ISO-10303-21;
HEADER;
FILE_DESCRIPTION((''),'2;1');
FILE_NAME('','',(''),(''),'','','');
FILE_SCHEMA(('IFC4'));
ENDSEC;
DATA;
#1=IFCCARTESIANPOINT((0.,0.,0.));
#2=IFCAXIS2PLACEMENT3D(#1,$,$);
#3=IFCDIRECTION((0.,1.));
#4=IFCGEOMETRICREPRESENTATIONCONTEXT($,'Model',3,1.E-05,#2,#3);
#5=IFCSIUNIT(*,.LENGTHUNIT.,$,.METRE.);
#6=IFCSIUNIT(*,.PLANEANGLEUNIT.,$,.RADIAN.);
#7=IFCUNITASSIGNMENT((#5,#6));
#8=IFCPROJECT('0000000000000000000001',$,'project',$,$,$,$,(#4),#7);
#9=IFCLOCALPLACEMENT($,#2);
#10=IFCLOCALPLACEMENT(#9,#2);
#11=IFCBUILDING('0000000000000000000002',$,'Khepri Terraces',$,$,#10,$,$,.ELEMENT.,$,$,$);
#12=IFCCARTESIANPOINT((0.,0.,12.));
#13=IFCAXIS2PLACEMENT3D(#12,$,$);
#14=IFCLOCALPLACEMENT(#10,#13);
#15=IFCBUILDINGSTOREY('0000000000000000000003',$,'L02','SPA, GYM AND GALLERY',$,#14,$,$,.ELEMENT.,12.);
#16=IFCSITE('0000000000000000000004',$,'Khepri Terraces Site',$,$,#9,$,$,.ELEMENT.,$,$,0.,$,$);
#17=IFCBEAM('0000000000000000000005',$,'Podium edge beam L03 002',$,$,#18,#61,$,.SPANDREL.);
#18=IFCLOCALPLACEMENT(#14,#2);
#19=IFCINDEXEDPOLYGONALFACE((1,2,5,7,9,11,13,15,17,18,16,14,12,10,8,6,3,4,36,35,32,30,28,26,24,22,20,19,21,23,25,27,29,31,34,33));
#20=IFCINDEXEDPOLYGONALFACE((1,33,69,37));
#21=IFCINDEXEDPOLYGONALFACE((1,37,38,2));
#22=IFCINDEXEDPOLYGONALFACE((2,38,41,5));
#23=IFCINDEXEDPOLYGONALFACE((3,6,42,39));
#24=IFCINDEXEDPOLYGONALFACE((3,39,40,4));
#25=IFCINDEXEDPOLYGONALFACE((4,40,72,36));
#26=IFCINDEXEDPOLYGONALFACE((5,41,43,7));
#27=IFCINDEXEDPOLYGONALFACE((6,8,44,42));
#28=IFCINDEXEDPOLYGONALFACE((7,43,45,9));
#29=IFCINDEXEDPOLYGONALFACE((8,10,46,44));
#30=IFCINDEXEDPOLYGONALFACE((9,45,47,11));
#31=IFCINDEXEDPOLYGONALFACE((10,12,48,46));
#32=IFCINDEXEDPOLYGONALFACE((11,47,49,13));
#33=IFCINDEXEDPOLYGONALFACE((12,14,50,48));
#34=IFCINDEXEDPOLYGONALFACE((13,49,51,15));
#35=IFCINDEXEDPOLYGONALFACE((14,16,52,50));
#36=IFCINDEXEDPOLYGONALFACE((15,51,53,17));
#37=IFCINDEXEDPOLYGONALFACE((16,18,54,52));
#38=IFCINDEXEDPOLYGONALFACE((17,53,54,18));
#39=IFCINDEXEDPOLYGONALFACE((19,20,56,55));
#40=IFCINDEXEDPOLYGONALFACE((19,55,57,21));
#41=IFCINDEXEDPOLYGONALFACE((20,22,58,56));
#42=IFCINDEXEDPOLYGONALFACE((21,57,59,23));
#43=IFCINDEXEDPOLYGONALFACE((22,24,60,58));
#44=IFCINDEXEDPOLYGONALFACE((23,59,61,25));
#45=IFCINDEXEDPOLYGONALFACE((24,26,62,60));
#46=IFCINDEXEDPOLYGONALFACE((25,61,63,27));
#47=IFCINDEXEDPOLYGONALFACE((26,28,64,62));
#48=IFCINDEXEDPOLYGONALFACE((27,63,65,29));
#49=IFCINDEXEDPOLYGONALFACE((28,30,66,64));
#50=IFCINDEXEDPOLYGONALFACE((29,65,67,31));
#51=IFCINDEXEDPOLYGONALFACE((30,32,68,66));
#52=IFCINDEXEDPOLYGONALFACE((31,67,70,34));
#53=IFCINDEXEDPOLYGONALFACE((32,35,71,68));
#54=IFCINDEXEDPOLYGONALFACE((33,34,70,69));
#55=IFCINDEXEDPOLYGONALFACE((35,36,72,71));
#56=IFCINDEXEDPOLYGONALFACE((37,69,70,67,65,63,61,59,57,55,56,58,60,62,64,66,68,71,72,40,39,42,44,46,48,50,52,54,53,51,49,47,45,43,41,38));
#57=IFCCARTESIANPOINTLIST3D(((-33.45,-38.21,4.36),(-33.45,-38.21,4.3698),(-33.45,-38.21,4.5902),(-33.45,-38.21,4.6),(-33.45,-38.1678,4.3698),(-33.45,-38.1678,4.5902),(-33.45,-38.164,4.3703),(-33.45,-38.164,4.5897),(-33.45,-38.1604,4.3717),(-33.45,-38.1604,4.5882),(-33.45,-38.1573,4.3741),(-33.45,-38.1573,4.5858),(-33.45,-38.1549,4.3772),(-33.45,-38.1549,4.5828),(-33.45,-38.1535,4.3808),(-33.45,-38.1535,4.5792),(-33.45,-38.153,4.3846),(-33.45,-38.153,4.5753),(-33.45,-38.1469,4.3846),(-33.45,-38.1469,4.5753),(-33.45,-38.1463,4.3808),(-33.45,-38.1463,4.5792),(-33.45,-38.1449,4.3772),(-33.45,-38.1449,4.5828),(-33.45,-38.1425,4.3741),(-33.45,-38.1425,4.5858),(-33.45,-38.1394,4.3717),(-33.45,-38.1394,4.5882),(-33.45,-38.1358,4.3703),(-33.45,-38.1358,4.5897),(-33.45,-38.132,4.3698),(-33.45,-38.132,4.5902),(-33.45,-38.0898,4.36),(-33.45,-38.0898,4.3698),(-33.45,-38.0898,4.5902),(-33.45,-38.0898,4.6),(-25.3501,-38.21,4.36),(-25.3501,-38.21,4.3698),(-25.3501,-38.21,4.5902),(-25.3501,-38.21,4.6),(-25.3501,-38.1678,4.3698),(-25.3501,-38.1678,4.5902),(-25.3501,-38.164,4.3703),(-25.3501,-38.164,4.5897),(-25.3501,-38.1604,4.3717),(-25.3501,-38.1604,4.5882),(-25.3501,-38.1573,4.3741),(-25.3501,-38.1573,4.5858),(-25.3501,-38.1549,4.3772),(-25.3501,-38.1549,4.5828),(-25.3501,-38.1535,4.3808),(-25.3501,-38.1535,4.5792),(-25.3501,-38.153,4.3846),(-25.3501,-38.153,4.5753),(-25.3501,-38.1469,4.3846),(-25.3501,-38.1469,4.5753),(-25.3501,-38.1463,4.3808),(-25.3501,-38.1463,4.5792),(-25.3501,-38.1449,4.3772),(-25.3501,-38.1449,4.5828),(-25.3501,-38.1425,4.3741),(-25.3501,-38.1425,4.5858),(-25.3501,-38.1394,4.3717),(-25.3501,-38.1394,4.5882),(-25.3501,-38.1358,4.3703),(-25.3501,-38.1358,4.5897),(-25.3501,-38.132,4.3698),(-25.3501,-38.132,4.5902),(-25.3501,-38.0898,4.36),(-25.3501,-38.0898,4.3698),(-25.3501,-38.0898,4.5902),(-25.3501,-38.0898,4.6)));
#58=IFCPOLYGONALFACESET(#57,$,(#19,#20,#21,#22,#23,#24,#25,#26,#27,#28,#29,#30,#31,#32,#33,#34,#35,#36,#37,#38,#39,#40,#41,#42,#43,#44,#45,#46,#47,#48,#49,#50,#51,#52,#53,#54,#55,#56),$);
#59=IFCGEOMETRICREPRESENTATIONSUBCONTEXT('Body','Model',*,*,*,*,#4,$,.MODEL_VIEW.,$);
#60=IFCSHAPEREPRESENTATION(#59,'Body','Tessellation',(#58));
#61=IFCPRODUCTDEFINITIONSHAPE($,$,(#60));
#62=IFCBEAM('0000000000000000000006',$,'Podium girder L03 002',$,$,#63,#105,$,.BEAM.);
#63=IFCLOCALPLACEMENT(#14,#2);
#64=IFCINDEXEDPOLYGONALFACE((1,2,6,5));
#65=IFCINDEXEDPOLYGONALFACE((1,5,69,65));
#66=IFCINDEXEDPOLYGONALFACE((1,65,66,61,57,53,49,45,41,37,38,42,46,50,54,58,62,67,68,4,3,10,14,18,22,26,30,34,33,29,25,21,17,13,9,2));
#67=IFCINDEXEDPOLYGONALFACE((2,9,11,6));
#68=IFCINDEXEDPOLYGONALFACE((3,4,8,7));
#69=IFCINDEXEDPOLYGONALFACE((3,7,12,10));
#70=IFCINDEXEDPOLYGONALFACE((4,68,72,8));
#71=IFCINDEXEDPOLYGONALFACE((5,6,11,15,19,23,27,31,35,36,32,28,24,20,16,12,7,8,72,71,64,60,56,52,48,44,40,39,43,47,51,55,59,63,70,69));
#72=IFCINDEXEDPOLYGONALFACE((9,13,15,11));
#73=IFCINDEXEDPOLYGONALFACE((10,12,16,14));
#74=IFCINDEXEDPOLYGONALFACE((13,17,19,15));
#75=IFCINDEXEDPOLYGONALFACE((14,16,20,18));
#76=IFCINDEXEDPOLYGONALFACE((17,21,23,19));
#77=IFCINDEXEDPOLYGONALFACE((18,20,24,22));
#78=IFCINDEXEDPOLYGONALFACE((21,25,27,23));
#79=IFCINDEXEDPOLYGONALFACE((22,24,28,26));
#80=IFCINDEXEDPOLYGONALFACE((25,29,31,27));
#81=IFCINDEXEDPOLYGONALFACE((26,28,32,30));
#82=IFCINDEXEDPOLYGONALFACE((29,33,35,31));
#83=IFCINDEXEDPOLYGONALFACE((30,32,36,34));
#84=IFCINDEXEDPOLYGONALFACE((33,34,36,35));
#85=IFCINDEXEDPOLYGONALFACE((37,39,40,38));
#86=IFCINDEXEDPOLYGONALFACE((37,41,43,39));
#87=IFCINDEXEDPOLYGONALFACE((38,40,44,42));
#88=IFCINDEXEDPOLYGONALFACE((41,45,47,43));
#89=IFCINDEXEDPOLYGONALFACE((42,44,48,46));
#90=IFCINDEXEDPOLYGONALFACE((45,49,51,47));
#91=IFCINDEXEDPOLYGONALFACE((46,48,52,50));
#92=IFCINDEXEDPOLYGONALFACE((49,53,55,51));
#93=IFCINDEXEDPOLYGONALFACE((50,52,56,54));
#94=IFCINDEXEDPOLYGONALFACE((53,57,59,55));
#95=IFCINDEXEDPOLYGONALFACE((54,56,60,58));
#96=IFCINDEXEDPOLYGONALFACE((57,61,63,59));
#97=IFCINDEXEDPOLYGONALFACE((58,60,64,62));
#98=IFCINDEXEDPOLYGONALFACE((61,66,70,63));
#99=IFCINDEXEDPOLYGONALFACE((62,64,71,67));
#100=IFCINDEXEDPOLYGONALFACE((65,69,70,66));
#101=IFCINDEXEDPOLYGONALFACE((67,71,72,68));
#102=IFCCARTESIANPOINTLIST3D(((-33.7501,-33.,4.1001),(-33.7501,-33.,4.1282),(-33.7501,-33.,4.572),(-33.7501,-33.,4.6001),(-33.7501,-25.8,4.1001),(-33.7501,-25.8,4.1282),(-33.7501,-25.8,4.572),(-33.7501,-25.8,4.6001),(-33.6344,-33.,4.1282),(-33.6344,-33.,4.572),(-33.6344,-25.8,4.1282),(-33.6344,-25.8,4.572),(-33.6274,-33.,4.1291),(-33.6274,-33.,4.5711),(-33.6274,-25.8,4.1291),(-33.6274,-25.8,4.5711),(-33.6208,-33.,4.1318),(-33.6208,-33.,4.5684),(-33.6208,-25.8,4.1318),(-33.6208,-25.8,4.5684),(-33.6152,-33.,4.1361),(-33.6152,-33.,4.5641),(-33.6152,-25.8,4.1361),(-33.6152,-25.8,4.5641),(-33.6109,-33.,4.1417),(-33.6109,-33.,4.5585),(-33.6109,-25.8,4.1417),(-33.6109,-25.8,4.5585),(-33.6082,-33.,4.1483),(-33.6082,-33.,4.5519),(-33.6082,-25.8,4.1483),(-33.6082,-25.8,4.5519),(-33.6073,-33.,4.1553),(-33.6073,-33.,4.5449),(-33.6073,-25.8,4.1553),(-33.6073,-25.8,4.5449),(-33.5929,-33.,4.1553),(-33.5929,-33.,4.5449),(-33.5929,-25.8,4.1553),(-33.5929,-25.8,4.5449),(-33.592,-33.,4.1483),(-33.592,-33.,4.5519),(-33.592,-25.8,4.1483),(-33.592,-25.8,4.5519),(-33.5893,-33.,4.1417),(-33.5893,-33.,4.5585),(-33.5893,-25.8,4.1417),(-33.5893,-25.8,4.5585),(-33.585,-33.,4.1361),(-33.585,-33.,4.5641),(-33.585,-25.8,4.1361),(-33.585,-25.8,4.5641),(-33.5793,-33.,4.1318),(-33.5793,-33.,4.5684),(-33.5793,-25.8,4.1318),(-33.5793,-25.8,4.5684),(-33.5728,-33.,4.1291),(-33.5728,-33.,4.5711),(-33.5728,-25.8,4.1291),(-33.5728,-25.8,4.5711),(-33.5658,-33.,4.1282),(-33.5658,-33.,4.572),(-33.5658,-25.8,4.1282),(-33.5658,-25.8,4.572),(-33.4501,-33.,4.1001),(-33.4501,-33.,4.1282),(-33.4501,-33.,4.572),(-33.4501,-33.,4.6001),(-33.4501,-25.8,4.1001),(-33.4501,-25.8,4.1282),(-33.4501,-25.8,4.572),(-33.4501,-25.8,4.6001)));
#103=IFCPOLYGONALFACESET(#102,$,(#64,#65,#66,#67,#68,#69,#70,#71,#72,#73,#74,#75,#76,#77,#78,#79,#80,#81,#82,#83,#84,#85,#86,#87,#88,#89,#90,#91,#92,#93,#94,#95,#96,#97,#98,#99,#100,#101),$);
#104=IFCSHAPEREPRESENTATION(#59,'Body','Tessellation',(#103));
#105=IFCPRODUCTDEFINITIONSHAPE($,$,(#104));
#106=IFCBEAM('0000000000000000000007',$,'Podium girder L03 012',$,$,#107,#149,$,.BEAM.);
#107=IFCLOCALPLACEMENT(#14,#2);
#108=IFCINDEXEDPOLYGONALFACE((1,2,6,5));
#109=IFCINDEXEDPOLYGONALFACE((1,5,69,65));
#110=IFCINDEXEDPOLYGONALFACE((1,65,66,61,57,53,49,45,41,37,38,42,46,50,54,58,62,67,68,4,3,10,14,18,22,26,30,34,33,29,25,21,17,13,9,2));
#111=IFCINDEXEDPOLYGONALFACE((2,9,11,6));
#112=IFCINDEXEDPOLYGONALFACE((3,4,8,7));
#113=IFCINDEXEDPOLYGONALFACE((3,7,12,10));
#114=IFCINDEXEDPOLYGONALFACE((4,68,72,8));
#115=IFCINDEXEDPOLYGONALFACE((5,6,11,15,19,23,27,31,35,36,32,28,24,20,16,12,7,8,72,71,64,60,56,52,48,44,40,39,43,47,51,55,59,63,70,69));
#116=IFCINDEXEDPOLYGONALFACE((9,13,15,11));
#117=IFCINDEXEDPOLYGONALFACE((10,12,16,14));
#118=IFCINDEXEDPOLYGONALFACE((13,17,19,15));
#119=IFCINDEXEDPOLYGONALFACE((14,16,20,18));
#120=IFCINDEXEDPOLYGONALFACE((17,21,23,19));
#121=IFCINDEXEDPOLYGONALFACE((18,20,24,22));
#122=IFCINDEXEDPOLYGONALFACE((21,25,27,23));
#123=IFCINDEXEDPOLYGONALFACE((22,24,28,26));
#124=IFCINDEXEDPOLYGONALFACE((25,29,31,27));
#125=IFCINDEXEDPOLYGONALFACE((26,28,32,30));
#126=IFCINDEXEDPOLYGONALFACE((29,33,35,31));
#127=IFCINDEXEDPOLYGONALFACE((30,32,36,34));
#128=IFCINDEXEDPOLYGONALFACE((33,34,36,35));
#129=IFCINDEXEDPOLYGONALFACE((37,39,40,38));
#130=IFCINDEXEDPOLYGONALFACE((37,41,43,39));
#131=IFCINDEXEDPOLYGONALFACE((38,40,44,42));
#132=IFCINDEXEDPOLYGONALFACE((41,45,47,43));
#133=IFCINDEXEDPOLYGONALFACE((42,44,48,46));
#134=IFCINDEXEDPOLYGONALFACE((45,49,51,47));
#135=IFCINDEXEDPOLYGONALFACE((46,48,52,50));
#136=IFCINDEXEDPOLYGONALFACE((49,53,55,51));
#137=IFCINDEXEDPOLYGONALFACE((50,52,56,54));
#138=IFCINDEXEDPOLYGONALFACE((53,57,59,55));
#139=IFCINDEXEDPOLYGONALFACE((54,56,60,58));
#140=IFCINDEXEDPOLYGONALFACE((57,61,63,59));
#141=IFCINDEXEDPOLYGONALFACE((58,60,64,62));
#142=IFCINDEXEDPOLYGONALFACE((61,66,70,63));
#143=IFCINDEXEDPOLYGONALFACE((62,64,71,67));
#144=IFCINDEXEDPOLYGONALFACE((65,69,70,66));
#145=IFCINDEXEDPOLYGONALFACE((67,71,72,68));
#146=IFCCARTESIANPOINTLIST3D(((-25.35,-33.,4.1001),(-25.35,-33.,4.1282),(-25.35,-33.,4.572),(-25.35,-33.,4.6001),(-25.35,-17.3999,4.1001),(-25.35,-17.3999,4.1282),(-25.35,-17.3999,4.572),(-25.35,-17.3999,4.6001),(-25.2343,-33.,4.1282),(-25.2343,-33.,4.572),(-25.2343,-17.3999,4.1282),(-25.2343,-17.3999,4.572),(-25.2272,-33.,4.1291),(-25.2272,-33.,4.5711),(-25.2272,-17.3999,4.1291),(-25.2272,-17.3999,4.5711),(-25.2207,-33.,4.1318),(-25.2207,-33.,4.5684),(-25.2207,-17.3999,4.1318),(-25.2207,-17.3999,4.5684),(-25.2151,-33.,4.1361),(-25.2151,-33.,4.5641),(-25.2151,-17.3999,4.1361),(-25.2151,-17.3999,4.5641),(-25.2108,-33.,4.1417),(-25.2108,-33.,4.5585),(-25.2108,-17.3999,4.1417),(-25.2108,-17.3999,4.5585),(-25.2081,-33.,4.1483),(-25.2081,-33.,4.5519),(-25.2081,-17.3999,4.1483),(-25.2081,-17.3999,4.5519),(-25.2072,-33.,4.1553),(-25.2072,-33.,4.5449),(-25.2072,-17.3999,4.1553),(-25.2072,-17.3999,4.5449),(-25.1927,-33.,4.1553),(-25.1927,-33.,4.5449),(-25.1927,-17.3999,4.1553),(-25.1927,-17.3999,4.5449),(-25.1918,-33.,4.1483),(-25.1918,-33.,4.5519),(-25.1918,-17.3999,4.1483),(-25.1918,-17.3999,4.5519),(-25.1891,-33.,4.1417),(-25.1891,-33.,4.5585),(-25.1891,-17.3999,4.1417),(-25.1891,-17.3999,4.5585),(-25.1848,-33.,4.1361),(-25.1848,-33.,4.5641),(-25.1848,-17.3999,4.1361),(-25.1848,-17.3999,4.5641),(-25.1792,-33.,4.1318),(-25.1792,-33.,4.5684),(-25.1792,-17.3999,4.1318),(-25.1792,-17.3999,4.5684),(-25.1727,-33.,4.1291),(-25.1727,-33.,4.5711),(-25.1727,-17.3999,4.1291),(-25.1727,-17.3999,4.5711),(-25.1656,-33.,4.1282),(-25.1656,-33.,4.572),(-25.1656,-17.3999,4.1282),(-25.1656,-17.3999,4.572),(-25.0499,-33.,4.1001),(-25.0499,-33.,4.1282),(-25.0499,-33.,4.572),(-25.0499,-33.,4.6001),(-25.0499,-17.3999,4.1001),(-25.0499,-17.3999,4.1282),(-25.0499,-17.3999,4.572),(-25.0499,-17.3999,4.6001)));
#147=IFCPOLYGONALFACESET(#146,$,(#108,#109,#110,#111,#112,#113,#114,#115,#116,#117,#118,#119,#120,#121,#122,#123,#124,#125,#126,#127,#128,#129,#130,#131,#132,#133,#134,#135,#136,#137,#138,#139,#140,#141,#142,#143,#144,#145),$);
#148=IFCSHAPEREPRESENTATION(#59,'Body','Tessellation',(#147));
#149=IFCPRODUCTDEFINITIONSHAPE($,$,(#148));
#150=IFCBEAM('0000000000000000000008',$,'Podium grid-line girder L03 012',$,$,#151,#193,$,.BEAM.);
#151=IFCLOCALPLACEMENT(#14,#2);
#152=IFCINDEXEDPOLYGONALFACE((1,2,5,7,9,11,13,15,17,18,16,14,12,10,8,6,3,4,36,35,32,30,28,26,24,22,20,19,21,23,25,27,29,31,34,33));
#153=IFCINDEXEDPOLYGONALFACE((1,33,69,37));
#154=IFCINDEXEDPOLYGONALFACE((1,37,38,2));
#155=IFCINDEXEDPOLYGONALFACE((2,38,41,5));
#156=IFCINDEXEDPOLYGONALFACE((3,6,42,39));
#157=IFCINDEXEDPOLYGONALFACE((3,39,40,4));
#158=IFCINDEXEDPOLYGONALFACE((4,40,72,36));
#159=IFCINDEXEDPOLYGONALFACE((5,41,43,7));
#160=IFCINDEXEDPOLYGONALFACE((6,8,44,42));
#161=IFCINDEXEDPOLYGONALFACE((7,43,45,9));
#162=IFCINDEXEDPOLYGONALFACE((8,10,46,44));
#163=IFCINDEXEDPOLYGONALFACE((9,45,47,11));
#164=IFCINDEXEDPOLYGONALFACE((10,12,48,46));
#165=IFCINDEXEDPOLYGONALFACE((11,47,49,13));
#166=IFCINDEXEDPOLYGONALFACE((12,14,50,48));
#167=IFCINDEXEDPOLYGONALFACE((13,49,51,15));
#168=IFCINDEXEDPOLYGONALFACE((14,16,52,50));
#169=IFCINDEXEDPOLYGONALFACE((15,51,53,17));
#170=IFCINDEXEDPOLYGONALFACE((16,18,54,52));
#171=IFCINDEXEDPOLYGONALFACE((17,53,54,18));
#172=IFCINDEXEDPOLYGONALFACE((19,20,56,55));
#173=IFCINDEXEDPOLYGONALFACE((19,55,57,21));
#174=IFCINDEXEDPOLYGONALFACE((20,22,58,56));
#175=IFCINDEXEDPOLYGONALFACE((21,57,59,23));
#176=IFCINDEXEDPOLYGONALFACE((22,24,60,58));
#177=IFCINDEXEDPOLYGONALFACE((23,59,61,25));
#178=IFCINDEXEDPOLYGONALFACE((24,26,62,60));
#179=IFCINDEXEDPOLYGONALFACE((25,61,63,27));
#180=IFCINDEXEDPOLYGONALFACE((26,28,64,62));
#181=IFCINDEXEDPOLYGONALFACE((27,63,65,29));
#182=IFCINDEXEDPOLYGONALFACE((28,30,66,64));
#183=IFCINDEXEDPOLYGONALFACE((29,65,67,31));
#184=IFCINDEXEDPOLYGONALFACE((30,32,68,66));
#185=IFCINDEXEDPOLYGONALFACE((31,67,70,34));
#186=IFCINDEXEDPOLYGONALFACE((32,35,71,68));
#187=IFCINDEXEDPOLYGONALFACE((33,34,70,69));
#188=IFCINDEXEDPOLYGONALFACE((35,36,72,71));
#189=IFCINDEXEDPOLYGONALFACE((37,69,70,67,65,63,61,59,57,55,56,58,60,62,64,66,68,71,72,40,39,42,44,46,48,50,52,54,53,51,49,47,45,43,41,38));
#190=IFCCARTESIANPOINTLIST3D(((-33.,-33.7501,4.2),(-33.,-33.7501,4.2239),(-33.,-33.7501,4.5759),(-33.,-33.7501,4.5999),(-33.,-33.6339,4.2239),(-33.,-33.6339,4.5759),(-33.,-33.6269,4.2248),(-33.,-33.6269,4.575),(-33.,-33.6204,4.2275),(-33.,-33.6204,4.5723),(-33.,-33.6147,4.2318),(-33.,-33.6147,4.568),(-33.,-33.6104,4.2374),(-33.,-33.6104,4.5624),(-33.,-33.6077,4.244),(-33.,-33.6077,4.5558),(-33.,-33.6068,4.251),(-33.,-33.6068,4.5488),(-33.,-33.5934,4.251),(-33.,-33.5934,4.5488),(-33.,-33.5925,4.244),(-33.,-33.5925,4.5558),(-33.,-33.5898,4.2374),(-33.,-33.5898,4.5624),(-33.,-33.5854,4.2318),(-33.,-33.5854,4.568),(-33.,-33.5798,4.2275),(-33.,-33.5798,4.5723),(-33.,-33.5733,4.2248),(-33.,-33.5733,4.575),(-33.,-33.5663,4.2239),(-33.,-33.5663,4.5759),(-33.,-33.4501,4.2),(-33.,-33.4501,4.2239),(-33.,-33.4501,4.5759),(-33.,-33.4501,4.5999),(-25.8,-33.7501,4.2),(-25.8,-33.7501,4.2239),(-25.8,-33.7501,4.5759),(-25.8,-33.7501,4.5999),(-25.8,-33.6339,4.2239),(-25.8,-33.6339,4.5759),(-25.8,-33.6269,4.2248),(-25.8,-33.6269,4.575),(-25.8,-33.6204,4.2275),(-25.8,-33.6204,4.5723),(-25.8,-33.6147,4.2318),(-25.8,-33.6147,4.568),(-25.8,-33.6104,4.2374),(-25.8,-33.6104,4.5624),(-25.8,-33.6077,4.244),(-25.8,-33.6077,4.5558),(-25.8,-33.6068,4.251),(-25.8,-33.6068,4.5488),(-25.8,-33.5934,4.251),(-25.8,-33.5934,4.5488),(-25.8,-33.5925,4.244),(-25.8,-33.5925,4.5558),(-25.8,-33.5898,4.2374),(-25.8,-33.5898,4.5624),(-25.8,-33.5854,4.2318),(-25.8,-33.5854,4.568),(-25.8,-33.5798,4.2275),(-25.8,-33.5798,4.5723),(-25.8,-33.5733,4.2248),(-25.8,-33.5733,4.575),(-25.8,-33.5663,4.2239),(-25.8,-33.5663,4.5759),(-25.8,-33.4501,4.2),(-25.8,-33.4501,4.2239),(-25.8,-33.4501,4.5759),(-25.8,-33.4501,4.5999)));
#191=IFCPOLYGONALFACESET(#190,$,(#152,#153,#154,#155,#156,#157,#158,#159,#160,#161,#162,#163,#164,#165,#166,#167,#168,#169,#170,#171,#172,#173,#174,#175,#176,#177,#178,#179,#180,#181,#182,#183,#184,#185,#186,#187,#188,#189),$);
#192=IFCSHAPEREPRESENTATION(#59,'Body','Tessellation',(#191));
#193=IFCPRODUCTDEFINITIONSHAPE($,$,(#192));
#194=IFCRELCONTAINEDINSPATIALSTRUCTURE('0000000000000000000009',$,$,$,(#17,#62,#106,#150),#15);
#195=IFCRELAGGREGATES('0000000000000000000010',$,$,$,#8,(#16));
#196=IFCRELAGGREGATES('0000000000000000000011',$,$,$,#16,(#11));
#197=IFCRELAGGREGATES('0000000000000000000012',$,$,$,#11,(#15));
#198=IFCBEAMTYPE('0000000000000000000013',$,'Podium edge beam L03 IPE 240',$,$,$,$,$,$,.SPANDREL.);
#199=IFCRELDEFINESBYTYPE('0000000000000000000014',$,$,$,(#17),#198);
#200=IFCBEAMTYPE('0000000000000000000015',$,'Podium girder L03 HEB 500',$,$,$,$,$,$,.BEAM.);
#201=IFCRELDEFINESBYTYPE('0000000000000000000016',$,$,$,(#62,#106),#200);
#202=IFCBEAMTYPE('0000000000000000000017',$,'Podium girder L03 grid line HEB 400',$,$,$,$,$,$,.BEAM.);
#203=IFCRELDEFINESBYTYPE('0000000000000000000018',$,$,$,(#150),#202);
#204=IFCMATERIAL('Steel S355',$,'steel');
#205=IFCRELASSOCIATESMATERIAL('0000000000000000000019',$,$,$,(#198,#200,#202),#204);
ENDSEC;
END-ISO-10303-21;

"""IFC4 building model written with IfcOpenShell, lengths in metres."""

from ifc_helpers import new_model, si_unit, direction, frame, origin, origin_2d, place, context, subcontext, project, spatial, i_section, extrude, material, material_profile, profile_set, type_object, element, save


model = new_model("IFC4")

# Units and contexts
model_context = context("Model", 3, precision=1e-05, world=origin(), true_north=direction((0.0, 1.0)))
body_context = subcontext(model_context, "Body", "Model", "MODEL_VIEW")
ifc_project = project(units=[si_unit("LENGTHUNIT", "METRE"), si_unit("PLANEANGLEUNIT", "RADIAN")], contexts=[model_context])

# Site, building, storey
site_placement = place(None, origin())
site = spatial("IfcSite", under=ifc_project, at=site_placement, Name="Khepri Terraces Site", CompositionType="ELEMENT", RefElevation=0.0)
building_placement = place(site_placement, origin())
building = spatial("IfcBuilding", under=site, at=building_placement, Name="Khepri Terraces", CompositionType="ELEMENT")
storey_placement = place(building_placement, frame((0.0, 0.0, 12.0)))
storey = spatial("IfcBuildingStorey", under=building, at=storey_placement, Name="L02", Description="SPA, GYM AND GALLERY", CompositionType="ELEMENT", Elevation=12.0)

# Beams
ifc_material_1 = material(Name="Steel S355", Category="steel")
ifc_material_profile_1 = material_profile(ifc_material_1, i_section(OverallWidth=0.1201, OverallDepth=0.24, WebThickness=0.0061, FlangeThickness=0.0098, FilletRadius=0.0149, at=origin_2d()), Name="Steel S355", Category="steel")
ifc_profile_set_1 = profile_set([ifc_material_profile_1], Name="Steel S355")
beam_type_1 = type_object("IfcBeamType", Name="Podium edge beam L03 IPE 240", PredefinedType="SPANDREL", material=ifc_profile_set_1)
beam_1_placement = place(storey_placement, frame((-33.45, -38.1499, 4.48), z_axis=(1.0, 0.0, 0.0), x_axis=(0.0, 1.0, 0.0)))
element("IfcBeam", 1, at=beam_1_placement, inside=storey, type_object=beam_type_1, Name="Podium edge beam L03 002", PredefinedType="SPANDREL", context=body_context, shape_type="SweptSolid", body=[
    extrude(i_section(OverallWidth=0.1201, OverallDepth=0.24, WebThickness=0.0061, FlangeThickness=0.0098, FilletRadius=0.0149, at=origin_2d()), origin(), (0.0, 0.0, 1.0), 8.0999),
])
ifc_material_profile_2 = material_profile(ifc_material_1, i_section(OverallWidth=0.3, OverallDepth=0.5, WebThickness=0.0144, FlangeThickness=0.0281, FilletRadius=0.0271, at=origin_2d()), Name="Steel S355", Category="steel")
ifc_profile_set_2 = profile_set([ifc_material_profile_2], Name="Steel S355")
beam_type_2 = type_object("IfcBeamType", Name="Podium girder L03 HEB 500", PredefinedType="BEAM", material=ifc_profile_set_2)
beam_2_placement = place(storey_placement, frame((-33.6001, -33.0, 4.3501), z_axis=(0.0, 1.0, 0.0), x_axis=(-1.0, 0.0, 0.0)))
element("IfcBeam", 2, at=beam_2_placement, inside=storey, type_object=beam_type_2, Name="Podium girder L03 002", PredefinedType="BEAM", context=body_context, shape_type="SweptSolid", body=[
    extrude(i_section(OverallWidth=0.3, OverallDepth=0.5, WebThickness=0.0144, FlangeThickness=0.0281, FilletRadius=0.0271, at=origin_2d()), origin(), (0.0, 0.0, 1.0), 7.2),
])
beam_3_placement = place(storey_placement, frame((-25.2, -33.0, 4.3501), z_axis=(0.0, 1.0, 0.0), x_axis=(-1.0, 0.0, 0.0)))
element("IfcBeam", 3, at=beam_3_placement, inside=storey, type_object=beam_type_2, Name="Podium girder L03 012", PredefinedType="BEAM", context=body_context, shape_type="SweptSolid", body=[
    extrude(i_section(OverallWidth=0.3, OverallDepth=0.5, WebThickness=0.0144, FlangeThickness=0.0281, FilletRadius=0.0271, at=origin_2d()), origin(), (0.0, 0.0, 1.0), 15.6001),
])
ifc_material_profile_3 = material_profile(ifc_material_1, i_section(OverallWidth=0.3, OverallDepth=0.3999, WebThickness=0.0134, FlangeThickness=0.0239, FilletRadius=0.0271, at=origin_2d()), Name="Steel S355", Category="steel")
ifc_profile_set_3 = profile_set([ifc_material_profile_3], Name="Steel S355")
beam_type_3 = type_object("IfcBeamType", Name="Podium girder L03 grid line HEB 400", PredefinedType="BEAM", material=ifc_profile_set_3)
beam_4_placement = place(storey_placement, frame((-33.0, -33.6001, 4.3999), z_axis=(1.0, 0.0, 0.0), x_axis=(0.0, 1.0, 0.0)))
element("IfcBeam", 4, at=beam_4_placement, inside=storey, type_object=beam_type_3, Name="Podium grid-line girder L03 012", PredefinedType="BEAM", context=body_context, shape_type="SweptSolid", body=[
    extrude(i_section(OverallWidth=0.3, OverallDepth=0.3999, WebThickness=0.0134, FlangeThickness=0.0239, FilletRadius=0.0271, at=origin_2d()), origin(), (0.0, 0.0, 1.0), 7.2),
])

save(model, "model.ifc")
